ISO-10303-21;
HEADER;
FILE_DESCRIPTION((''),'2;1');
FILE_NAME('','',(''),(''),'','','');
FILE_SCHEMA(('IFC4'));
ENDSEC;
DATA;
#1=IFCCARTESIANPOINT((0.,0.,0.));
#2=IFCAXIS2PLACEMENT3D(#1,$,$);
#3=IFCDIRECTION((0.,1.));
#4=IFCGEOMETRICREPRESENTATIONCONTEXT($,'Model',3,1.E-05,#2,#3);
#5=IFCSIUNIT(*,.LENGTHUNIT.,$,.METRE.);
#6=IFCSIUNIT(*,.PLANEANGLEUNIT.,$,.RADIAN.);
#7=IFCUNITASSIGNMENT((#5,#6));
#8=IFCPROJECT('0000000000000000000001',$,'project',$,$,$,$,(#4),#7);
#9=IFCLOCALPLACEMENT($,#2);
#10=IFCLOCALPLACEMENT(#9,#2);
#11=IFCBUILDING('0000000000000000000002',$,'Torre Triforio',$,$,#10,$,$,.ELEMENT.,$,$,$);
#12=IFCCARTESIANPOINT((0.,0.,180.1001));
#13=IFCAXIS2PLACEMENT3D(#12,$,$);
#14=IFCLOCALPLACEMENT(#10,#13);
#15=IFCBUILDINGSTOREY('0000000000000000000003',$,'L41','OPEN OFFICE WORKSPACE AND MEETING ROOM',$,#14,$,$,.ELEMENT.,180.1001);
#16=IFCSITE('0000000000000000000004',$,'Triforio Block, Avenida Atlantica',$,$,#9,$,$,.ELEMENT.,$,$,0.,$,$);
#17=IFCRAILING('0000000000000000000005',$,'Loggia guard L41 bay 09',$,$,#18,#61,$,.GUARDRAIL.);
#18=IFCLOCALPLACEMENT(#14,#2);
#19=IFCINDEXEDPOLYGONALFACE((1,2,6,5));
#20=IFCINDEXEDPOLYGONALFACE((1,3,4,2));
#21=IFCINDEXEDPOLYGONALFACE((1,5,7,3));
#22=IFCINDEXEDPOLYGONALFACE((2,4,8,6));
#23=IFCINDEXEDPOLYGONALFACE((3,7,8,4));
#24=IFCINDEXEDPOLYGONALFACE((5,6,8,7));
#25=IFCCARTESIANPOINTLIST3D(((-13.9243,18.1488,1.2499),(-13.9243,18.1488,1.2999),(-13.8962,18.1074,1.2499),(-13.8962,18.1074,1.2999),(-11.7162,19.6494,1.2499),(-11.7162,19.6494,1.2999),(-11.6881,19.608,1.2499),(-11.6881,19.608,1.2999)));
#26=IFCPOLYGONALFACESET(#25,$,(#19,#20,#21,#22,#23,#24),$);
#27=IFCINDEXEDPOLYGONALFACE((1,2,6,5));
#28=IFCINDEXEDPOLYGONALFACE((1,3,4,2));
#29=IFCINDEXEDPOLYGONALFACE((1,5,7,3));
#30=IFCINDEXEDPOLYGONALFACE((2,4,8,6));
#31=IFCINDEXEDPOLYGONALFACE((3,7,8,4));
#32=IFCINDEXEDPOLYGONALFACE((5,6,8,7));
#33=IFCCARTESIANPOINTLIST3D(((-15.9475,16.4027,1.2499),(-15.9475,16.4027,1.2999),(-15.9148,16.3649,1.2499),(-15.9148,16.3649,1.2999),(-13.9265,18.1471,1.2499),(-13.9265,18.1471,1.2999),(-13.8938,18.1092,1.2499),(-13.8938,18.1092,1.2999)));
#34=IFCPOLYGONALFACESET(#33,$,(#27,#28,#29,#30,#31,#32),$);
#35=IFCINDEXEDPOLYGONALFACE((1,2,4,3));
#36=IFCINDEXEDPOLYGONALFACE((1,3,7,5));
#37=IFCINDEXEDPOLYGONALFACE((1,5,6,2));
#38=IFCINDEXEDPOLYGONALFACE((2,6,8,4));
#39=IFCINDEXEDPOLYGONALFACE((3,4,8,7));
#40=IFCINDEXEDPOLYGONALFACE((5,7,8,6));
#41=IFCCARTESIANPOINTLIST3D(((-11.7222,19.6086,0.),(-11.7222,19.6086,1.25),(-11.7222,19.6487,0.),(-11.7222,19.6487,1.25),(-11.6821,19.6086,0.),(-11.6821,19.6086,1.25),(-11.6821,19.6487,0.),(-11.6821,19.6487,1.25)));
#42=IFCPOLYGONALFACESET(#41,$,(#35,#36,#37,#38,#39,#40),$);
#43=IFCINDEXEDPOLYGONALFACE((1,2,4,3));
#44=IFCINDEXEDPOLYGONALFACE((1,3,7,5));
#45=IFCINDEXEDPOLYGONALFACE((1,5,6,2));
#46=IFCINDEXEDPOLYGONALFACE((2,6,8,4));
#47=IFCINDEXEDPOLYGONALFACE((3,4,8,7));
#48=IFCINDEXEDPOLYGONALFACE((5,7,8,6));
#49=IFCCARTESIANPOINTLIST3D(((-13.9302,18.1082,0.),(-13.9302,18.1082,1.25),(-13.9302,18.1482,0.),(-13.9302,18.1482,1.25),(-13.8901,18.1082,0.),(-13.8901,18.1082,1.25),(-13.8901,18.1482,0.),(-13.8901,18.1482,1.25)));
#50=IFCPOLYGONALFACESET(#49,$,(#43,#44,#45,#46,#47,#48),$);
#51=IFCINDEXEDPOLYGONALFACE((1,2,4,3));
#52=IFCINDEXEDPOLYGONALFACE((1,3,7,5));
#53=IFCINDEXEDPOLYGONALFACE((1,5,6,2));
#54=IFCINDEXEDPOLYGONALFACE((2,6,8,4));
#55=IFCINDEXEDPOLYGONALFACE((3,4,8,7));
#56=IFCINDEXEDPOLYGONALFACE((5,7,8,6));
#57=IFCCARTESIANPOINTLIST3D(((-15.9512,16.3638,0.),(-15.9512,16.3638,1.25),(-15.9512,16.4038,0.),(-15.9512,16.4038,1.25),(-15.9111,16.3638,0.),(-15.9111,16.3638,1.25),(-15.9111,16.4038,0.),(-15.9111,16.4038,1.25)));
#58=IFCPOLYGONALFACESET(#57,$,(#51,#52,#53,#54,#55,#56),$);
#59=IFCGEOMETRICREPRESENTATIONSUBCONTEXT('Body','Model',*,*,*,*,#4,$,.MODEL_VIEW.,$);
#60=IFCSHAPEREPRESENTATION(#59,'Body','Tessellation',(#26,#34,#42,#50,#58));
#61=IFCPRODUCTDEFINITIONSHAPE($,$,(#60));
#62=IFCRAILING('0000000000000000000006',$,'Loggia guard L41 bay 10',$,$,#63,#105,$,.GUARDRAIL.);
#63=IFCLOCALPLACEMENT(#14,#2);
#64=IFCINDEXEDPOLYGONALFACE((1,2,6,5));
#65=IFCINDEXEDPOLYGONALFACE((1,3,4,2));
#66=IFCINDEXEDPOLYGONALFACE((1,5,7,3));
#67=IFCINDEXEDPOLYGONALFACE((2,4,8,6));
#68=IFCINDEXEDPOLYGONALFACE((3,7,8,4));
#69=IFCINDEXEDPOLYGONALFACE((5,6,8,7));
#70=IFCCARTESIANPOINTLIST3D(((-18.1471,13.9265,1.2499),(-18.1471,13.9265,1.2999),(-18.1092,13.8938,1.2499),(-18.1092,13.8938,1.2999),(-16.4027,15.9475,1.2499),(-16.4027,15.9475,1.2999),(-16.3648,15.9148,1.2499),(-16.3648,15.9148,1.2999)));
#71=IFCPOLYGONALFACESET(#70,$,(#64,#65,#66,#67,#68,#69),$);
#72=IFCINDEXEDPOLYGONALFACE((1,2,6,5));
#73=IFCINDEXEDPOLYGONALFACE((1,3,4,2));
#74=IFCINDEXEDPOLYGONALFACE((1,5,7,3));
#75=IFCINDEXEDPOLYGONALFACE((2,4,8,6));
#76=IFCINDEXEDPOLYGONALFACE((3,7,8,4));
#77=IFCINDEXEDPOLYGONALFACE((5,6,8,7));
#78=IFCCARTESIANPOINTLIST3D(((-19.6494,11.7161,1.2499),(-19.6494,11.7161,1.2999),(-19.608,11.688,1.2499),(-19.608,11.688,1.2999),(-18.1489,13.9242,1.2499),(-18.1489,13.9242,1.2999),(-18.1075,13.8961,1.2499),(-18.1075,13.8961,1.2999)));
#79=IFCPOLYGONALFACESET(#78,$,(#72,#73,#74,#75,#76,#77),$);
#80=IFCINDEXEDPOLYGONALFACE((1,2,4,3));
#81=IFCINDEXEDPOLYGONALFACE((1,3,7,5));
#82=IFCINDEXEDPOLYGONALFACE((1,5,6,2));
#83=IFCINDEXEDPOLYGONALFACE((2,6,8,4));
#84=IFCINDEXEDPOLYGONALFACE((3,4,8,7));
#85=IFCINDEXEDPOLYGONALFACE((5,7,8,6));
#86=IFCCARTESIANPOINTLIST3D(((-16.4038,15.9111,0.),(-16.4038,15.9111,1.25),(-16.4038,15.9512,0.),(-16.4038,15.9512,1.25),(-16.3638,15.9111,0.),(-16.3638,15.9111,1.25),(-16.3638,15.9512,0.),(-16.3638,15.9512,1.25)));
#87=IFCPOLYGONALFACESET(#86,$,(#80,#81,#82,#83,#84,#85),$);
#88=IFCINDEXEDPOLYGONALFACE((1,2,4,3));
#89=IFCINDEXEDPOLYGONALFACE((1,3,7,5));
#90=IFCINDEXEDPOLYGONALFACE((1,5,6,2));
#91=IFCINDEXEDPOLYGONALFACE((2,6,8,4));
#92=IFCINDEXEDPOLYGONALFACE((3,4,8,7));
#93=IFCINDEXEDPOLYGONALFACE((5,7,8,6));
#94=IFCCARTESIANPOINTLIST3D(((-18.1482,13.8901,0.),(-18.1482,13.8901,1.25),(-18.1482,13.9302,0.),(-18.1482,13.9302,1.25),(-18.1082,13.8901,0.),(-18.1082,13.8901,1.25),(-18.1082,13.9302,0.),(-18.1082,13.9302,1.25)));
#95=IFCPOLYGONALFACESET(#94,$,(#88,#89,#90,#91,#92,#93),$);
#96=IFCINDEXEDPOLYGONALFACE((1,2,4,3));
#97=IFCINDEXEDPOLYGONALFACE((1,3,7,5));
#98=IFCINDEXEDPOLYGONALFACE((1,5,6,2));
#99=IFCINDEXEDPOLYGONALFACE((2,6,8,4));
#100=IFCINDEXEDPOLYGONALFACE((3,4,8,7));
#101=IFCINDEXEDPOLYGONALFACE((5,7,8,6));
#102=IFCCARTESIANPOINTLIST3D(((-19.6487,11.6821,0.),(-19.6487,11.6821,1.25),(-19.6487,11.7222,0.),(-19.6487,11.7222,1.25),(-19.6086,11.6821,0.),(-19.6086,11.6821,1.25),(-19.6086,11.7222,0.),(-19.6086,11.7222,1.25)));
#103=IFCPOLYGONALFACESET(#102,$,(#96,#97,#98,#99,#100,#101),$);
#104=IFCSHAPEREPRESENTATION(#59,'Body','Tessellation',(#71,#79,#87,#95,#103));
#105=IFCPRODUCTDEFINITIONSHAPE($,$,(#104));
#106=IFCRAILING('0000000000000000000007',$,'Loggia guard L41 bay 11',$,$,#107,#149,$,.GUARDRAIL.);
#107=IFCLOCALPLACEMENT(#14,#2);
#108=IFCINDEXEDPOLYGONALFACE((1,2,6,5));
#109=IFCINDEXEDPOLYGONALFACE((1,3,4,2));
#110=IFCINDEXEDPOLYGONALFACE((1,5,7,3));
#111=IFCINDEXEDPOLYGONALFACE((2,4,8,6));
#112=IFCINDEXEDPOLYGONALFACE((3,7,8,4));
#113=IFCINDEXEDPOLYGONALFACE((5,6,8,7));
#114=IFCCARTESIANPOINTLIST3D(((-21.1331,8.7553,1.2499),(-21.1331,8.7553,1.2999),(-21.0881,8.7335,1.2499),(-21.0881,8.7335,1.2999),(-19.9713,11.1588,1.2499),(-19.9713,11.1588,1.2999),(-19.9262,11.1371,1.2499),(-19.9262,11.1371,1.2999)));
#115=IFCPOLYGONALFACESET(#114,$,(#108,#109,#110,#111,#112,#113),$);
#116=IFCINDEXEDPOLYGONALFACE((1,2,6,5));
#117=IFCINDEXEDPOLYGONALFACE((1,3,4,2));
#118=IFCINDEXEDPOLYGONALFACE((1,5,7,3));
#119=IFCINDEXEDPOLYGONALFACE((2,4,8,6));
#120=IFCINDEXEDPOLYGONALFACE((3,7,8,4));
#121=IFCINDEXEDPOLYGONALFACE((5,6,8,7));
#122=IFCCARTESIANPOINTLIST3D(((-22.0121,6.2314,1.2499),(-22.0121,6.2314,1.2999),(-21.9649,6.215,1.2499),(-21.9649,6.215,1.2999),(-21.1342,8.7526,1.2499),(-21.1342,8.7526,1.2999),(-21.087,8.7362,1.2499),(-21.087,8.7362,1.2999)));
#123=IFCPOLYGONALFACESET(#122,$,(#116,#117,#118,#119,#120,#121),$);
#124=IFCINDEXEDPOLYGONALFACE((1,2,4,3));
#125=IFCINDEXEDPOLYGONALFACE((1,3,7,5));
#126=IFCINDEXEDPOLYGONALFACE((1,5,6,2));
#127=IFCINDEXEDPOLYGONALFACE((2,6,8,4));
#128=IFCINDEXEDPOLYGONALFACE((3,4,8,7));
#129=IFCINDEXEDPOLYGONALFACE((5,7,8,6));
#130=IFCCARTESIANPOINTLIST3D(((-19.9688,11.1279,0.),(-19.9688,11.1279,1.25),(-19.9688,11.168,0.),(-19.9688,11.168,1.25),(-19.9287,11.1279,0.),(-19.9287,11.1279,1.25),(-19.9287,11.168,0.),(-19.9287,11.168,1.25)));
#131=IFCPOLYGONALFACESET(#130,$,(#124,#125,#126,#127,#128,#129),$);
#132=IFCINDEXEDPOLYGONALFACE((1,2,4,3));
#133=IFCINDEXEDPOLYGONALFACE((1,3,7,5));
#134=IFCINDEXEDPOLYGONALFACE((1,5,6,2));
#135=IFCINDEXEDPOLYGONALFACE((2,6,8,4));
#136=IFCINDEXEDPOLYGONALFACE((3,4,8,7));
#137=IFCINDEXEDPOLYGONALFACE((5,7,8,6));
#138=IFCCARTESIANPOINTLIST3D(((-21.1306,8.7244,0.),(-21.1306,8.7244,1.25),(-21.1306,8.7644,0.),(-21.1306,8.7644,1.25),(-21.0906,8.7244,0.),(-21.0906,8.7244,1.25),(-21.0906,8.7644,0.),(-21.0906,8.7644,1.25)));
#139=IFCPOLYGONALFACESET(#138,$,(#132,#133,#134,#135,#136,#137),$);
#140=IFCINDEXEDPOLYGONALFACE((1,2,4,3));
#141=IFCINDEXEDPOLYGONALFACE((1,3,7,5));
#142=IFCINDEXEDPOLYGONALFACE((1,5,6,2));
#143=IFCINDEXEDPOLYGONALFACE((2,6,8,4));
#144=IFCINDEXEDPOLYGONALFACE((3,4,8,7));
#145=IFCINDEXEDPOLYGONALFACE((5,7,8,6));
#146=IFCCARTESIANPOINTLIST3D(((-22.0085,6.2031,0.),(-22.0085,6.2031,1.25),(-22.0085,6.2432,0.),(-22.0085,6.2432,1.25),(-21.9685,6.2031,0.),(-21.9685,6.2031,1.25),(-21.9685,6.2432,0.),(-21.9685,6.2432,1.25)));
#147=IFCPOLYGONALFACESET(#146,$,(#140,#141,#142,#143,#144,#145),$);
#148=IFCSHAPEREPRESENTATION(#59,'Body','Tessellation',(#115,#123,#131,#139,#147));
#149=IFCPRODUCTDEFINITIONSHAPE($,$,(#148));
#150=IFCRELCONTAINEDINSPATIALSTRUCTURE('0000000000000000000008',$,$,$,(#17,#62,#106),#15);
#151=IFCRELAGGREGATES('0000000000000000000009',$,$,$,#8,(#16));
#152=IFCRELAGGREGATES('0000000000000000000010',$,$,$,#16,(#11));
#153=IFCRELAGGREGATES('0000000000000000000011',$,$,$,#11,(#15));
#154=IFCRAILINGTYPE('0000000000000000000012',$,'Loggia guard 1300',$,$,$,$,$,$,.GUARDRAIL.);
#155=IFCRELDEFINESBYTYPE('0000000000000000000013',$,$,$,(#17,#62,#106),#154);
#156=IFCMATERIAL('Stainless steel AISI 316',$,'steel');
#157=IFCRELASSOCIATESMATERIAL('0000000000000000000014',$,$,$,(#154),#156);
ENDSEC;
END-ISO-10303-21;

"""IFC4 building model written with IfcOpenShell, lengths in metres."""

from ifc_helpers import new_model, si_unit, direction, frame, origin, origin_2d, place, context, subcontext, project, spatial, rectangle, extrude, material, type_object, element, save


model = new_model("IFC4")

# Units and contexts
model_context = context("Model", 3, precision=1e-05, world=origin(), true_north=direction((0.0, 1.0)))
body_context = subcontext(model_context, "Body", "Model", "MODEL_VIEW")
ifc_project = project(units=[si_unit("LENGTHUNIT", "METRE"), si_unit("PLANEANGLEUNIT", "RADIAN")], contexts=[model_context])

# Site, building, storey
site_placement = place(None, origin())
site = spatial("IfcSite", under=ifc_project, at=site_placement, Name="Triforio Block, Avenida Atlantica", CompositionType="ELEMENT", RefElevation=0.0)
building_placement = place(site_placement, origin())
building = spatial("IfcBuilding", under=site, at=building_placement, Name="Torre Triforio", CompositionType="ELEMENT")
storey_placement = place(building_placement, frame((0.0, 0.0, 180.1001)))
storey = spatial("IfcBuildingStorey", under=building, at=storey_placement, Name="L41", Description="OPEN OFFICE WORKSPACE AND MEETING ROOM", CompositionType="ELEMENT", Elevation=180.1001)

# Railings
ifc_material_1 = material(Name="Stainless steel AISI 316", Category="steel")
railing_type = type_object("IfcRailingType", Name="Loggia guard 1300", PredefinedType="GUARDRAIL", material=ifc_material_1)
railing_1_placement = place(storey_placement, frame((-11.7021, 19.6287, 0.0)))
element("IfcRailing", 1, at=railing_1_placement, inside=storey, type_object=railing_type, Name="Loggia guard L41 bay 09", PredefinedType="GUARDRAIL", context=body_context, shape_type="SweptSolid", body=[
    extrude(rectangle(XDim=0.05, YDim=0.05, at=origin_2d()), frame((0.0, 0.0, 1.2749), z_axis=(-0.827093, -0.562065, 0.0), x_axis=(0.562065, -0.827093, 0.0)), (0.0, 0.0, 1.0), 2.6697),
    extrude(rectangle(XDim=0.05, YDim=0.05, at=origin_2d()), frame((-2.208, -1.5005, 1.2749), z_axis=(-0.757012, -0.653401, 0.0), x_axis=(0.653401, -0.757012, 0.0)), (0.0, 0.0, 1.0), 2.6697),
    extrude(rectangle(XDim=0.04, YDim=0.04, at=origin_2d()), origin(), (0.0, 0.0, 1.0), 1.25),
    extrude(rectangle(XDim=0.04, YDim=0.04, at=origin_2d()), frame((-2.208, -1.5005, 0.0)), (0.0, 0.0, 1.0), 1.25),
    extrude(rectangle(XDim=0.04, YDim=0.04, at=origin_2d()), frame((-4.229, -3.2449, 0.0)), (0.0, 0.0, 1.0), 1.25),
])
railing_2_placement = place(storey_placement, frame((-16.3838, 15.9312, 0.0)))
element("IfcRailing", 2, at=railing_2_placement, inside=storey, type_object=railing_type, Name="Loggia guard L41 bay 10", PredefinedType="GUARDRAIL", context=body_context, shape_type="SweptSolid", body=[
    extrude(rectangle(XDim=0.05, YDim=0.05, at=origin_2d()), frame((0.0, 0.0, 1.2749), z_axis=(-0.653401, -0.757012, 0.0), x_axis=(0.757012, -0.653401, 0.0)), (0.0, 0.0, 1.0), 2.6697),
    extrude(rectangle(XDim=0.05, YDim=0.05, at=origin_2d()), frame((-1.7444, -2.021, 1.2749), z_axis=(-0.562065, -0.827093, 0.0), x_axis=(0.827093, -0.562065, 0.0)), (0.0, 0.0, 1.0), 2.6697),
    extrude(rectangle(XDim=0.04, YDim=0.04, at=origin_2d()), origin(), (0.0, 0.0, 1.0), 1.25),
    extrude(rectangle(XDim=0.04, YDim=0.04, at=origin_2d()), frame((-1.7444, -2.021, 0.0)), (0.0, 0.0, 1.0), 1.25),
    extrude(rectangle(XDim=0.04, YDim=0.04, at=origin_2d()), frame((-3.2449, -4.229, 0.0)), (0.0, 0.0, 1.0), 1.25),
])
railing_3_placement = place(storey_placement, frame((-19.9487, 11.1479, 0.0)))
element("IfcRailing", 3, at=railing_3_placement, inside=storey, type_object=railing_type, Name="Loggia guard L41 bay 11", PredefinedType="GUARDRAIL", context=body_context, shape_type="SweptSolid", body=[
    extrude(rectangle(XDim=0.05, YDim=0.05, at=origin_2d()), frame((0.0, 0.0, 1.2749), z_axis=(-0.435212, -0.900328, 0.0), x_axis=(0.900328, -0.435212, 0.0)), (0.0, 0.0, 1.0), 2.6697),
    extrude(rectangle(XDim=0.05, YDim=0.05, at=origin_2d()), frame((-1.1619, -2.4036, 1.2749), z_axis=(-0.328847, -0.944383, 0.0), x_axis=(0.944383, -0.328847, 0.0)), (0.0, 0.0, 1.0), 2.6697),
    extrude(rectangle(XDim=0.04, YDim=0.04, at=origin_2d()), origin(), (0.0, 0.0, 1.0), 1.25),
    extrude(rectangle(XDim=0.04, YDim=0.04, at=origin_2d()), frame((-1.1619, -2.4036, 0.0)), (0.0, 0.0, 1.0), 1.25),
    extrude(rectangle(XDim=0.04, YDim=0.04, at=origin_2d()), frame((-2.0398, -4.9248, 0.0)), (0.0, 0.0, 1.0), 1.25),
])

save(model, "model.ifc")
